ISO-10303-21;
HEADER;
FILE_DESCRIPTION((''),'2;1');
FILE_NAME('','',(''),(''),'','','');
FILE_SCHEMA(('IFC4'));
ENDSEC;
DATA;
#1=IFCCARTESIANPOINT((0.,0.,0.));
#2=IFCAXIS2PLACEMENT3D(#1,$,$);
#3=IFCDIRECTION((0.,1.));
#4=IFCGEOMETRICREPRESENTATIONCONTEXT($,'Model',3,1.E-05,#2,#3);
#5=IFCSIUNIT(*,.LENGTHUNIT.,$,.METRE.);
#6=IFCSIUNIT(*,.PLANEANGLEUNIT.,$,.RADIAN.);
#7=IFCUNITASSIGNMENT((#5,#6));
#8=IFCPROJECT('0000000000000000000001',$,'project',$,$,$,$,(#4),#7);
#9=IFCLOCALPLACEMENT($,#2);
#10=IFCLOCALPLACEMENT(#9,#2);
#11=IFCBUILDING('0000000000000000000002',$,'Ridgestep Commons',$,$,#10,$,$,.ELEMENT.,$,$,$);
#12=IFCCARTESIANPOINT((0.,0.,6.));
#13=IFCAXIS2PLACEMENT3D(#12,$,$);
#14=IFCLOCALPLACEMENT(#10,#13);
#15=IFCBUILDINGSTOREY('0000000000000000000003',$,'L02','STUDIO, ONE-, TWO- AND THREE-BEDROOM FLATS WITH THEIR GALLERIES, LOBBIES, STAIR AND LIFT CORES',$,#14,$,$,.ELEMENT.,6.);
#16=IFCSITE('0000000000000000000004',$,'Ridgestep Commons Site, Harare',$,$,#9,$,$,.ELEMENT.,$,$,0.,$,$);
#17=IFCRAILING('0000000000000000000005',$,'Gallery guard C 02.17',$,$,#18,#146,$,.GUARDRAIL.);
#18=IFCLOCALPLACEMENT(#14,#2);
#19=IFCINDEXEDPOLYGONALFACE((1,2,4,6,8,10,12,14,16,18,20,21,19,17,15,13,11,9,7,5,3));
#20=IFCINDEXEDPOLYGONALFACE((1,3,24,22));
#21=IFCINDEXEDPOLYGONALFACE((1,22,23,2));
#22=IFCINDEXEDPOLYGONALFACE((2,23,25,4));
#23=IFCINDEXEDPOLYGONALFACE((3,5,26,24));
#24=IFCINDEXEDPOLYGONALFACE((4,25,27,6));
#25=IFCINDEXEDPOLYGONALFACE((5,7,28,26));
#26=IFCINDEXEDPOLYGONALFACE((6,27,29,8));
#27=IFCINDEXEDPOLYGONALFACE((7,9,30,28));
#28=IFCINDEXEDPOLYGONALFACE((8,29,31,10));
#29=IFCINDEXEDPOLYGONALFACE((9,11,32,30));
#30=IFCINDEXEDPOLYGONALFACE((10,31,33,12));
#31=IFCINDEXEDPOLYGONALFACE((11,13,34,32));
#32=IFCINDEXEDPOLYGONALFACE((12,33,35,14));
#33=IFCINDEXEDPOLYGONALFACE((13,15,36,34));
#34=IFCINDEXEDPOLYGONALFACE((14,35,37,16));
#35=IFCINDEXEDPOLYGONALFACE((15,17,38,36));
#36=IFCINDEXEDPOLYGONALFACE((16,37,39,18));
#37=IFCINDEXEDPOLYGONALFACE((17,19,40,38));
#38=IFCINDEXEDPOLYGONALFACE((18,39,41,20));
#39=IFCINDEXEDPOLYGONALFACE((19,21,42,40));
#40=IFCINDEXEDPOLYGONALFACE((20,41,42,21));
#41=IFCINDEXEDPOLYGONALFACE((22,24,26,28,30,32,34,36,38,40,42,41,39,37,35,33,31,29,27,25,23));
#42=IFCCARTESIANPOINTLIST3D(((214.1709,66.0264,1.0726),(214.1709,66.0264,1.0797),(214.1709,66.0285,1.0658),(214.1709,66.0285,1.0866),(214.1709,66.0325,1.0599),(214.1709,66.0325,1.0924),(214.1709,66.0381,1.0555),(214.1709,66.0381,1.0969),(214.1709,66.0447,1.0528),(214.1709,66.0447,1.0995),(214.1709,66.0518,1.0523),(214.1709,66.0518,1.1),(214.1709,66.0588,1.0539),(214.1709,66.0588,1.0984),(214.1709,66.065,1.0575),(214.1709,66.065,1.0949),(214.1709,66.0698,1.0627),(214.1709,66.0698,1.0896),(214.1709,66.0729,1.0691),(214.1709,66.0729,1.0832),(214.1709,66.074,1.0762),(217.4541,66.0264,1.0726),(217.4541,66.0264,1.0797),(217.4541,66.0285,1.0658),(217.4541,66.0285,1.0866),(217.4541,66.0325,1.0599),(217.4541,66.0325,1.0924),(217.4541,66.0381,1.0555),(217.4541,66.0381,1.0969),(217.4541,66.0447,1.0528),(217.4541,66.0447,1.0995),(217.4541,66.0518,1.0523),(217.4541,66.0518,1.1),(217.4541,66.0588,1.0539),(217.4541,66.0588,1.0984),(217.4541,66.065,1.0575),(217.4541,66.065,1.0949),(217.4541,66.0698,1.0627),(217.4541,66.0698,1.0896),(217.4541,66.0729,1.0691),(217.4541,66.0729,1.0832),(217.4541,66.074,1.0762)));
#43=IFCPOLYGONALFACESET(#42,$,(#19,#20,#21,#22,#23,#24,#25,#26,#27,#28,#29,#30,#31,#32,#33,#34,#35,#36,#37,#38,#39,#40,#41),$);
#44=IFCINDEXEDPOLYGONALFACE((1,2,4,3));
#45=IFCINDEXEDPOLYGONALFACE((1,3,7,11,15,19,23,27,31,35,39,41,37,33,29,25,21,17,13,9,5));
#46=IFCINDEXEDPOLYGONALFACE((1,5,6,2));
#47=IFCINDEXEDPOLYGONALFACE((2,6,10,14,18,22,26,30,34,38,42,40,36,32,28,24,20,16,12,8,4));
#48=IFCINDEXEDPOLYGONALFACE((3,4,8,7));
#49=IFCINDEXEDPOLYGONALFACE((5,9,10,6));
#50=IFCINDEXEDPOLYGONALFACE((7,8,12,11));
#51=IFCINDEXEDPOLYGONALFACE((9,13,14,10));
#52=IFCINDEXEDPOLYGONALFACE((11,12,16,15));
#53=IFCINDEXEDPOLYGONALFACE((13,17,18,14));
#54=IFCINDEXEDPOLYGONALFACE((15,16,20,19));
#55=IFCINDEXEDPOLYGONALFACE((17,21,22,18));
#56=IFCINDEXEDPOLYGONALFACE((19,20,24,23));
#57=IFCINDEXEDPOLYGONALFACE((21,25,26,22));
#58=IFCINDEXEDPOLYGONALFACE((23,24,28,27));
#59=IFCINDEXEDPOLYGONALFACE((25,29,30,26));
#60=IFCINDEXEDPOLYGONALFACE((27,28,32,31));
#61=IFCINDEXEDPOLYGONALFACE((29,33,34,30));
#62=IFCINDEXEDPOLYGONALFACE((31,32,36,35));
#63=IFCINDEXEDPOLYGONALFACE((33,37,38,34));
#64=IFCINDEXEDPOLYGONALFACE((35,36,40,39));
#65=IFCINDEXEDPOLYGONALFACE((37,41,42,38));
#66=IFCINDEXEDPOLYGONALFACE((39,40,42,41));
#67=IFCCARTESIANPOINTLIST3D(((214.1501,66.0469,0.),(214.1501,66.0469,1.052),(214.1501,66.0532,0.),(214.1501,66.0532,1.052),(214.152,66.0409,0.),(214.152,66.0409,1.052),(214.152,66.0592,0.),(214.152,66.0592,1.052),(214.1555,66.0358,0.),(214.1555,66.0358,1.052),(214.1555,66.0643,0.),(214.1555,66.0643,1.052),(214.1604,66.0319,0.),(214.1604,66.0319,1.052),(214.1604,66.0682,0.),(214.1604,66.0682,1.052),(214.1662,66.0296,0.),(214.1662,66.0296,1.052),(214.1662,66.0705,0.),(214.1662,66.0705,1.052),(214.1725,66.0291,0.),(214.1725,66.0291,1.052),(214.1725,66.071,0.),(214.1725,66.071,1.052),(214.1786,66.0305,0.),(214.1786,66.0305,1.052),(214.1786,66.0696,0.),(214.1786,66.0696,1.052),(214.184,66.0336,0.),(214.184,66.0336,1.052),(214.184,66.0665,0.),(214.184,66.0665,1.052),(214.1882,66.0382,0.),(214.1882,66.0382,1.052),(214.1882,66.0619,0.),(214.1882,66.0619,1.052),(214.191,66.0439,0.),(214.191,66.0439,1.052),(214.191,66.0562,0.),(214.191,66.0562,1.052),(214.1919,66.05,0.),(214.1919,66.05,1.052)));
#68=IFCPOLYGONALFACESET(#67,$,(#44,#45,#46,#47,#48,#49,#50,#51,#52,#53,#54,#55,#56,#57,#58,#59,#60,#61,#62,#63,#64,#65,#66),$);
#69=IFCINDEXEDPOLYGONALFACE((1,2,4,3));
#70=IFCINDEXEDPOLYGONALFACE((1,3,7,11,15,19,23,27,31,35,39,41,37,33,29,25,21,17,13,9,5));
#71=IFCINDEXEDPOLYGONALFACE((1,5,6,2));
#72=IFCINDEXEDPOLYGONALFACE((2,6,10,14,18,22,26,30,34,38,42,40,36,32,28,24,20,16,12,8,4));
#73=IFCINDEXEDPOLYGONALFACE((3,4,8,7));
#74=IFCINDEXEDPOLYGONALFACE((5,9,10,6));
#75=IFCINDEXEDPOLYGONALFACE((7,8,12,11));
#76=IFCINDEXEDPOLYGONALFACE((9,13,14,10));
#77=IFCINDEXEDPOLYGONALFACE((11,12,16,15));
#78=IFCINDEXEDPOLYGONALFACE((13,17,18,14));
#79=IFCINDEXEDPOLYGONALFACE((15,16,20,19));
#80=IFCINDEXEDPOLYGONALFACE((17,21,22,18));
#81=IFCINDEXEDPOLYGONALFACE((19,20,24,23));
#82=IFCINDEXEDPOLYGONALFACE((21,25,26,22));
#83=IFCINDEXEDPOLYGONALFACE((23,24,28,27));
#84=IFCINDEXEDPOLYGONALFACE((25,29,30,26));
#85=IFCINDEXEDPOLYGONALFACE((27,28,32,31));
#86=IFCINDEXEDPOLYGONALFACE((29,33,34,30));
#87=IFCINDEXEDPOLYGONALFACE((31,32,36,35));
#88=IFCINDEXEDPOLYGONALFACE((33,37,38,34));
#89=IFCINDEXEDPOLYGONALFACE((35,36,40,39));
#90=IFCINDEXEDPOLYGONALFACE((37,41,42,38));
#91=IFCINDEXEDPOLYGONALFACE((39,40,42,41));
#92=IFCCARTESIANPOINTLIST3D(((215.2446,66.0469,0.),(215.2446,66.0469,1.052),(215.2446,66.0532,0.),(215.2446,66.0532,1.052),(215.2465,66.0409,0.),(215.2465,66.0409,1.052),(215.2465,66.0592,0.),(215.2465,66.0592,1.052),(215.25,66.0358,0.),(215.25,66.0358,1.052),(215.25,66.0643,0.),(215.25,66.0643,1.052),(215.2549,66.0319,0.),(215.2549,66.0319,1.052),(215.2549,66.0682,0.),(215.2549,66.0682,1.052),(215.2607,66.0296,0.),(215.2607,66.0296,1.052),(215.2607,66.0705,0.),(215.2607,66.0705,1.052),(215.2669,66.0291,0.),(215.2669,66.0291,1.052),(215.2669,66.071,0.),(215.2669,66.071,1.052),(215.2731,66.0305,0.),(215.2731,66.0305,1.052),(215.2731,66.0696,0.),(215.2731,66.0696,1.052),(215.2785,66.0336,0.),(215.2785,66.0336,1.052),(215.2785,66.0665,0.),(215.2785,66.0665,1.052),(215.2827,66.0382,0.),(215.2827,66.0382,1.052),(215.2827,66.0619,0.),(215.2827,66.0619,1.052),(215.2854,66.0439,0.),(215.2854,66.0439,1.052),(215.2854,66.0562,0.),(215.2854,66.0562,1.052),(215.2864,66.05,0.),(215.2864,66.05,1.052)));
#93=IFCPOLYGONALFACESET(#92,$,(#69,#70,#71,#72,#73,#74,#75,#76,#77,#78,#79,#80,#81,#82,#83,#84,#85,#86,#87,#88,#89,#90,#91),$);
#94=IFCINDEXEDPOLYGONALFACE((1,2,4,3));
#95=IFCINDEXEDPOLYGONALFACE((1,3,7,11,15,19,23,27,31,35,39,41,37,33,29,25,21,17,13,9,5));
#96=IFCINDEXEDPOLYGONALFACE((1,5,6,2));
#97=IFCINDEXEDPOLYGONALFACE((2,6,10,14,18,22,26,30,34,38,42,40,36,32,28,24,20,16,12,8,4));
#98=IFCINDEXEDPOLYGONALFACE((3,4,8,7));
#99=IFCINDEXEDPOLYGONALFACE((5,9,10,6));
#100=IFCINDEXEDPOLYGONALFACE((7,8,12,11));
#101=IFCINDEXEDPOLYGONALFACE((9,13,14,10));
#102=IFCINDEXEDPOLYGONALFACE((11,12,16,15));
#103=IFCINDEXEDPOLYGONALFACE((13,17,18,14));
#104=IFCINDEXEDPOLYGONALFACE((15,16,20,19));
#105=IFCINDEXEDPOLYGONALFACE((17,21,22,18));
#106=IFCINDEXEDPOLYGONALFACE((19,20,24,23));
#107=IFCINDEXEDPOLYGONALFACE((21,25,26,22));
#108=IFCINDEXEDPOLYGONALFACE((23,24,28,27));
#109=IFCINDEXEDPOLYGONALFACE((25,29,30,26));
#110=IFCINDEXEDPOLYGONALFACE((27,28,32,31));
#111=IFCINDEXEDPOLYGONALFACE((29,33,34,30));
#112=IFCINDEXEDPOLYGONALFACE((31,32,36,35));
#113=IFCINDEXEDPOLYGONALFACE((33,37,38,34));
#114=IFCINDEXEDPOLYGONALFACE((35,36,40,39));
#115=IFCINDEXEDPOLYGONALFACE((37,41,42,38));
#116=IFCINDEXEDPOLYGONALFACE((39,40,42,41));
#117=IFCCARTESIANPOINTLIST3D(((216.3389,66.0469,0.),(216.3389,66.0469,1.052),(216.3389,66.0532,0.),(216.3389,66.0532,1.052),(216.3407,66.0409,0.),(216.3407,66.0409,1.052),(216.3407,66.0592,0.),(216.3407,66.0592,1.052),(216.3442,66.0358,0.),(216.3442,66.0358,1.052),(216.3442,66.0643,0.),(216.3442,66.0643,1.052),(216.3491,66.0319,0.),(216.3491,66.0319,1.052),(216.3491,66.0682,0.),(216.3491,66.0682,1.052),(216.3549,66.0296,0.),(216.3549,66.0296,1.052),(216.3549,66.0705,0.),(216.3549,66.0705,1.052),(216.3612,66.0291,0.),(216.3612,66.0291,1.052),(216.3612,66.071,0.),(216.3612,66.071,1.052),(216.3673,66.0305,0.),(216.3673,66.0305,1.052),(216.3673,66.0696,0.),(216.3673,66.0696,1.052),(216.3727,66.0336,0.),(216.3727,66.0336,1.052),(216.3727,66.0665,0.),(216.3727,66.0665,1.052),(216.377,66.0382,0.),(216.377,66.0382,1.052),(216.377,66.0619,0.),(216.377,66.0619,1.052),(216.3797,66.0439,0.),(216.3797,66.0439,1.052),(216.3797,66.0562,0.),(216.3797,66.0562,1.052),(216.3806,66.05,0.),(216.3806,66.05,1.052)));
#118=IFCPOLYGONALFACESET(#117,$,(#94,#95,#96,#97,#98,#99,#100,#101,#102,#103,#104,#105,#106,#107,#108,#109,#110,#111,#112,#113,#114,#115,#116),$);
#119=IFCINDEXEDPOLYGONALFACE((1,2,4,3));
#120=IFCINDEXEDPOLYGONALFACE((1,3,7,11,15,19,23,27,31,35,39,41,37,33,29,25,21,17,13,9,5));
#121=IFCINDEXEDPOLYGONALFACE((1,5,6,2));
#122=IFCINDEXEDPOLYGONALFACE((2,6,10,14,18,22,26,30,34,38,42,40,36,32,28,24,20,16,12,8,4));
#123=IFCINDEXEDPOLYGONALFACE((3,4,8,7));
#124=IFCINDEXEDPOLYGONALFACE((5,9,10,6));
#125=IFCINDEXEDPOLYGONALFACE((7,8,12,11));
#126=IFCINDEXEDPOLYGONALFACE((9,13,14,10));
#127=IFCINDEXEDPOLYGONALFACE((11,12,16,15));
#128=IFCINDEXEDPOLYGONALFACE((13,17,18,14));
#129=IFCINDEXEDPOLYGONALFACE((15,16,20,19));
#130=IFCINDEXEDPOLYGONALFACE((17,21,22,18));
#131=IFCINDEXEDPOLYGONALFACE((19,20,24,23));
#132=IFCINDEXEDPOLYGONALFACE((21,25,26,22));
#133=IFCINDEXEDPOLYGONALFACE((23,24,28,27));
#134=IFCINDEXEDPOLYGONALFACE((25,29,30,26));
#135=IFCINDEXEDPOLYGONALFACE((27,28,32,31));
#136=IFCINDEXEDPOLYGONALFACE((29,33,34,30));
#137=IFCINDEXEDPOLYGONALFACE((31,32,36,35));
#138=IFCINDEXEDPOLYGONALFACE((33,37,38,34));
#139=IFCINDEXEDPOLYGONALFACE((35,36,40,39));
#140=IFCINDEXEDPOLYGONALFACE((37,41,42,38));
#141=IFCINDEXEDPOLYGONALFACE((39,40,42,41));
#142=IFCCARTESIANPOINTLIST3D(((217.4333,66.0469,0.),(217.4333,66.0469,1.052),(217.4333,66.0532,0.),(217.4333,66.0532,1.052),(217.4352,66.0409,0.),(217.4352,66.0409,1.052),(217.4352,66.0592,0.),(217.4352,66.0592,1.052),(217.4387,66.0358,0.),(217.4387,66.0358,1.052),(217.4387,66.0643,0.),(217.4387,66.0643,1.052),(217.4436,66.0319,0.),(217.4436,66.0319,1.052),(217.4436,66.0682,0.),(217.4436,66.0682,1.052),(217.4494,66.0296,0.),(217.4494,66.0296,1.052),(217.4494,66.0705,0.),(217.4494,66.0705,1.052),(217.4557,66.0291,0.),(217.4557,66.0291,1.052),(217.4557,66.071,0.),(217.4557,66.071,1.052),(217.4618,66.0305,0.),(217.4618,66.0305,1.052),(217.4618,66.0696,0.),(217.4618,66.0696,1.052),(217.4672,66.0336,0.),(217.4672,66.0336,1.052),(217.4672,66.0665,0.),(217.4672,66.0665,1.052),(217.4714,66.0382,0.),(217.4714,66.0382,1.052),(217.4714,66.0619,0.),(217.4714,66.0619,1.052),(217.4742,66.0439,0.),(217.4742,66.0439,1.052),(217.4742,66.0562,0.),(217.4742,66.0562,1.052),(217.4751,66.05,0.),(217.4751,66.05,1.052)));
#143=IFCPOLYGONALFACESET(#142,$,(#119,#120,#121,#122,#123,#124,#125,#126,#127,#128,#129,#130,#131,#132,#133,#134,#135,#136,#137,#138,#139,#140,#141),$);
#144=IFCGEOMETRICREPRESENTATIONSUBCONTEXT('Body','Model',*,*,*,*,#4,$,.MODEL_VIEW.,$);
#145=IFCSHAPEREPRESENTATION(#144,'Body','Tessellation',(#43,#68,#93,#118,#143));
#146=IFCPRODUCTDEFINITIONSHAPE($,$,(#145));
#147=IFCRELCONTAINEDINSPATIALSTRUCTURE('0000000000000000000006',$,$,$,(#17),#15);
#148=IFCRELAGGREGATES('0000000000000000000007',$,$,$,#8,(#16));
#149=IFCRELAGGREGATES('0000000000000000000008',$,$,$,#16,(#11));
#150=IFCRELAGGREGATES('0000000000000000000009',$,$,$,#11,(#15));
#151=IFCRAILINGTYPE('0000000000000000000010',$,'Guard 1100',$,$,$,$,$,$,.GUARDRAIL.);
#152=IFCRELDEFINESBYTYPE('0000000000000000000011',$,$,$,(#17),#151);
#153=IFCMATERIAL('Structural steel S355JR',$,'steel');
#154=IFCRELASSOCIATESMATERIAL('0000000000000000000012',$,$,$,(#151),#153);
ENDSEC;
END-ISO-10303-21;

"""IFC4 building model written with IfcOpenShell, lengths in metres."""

from ifc_helpers import new_model, si_unit, direction, frame, origin, origin_2d, place, context, subcontext, project, spatial, circle, extrude, material, type_object, element, save


model = new_model("IFC4")

# Units and contexts
model_context = context("Model", 3, precision=1e-05, world=origin(), true_north=direction((0.0, 1.0)))
body_context = subcontext(model_context, "Body", "Model", "MODEL_VIEW")
ifc_project = project(units=[si_unit("LENGTHUNIT", "METRE"), si_unit("PLANEANGLEUNIT", "RADIAN")], contexts=[model_context])

# Site, building, storey
site_placement = place(None, origin())
site = spatial("IfcSite", under=ifc_project, at=site_placement, Name="Ridgestep Commons Site, Harare", CompositionType="ELEMENT", RefElevation=0.0)
building_placement = place(site_placement, origin())
building = spatial("IfcBuilding", under=site, at=building_placement, Name="Ridgestep Commons", CompositionType="ELEMENT")
storey_placement = place(building_placement, frame((0.0, 0.0, 6.0)))
storey = spatial("IfcBuildingStorey", under=building, at=storey_placement, Name="L02", Description="STUDIO, ONE-, TWO- AND THREE-BEDROOM FLATS WITH THEIR GALLERIES, LOBBIES, STAIR AND LIFT CORES", CompositionType="ELEMENT", Elevation=6.0)

# Railing
ifc_material_1 = material(Name="Structural steel S355JR", Category="steel")
railing_type = type_object("IfcRailingType", Name="Guard 1100", PredefinedType="GUARDRAIL", material=ifc_material_1)
for number, where, name in (
    (1, (214.1709, 66.05, 0.0), "Gallery guard C 02.17"),
):
    element("IfcRailing", number, at=place(storey_placement, frame(where)), inside=storey, type_object=railing_type, Name=name, PredefinedType="GUARDRAIL", context=body_context, shape_type="SweptSolid", body=[
        extrude(circle(Radius=0.0239, at=origin_2d()), frame((0.0, 0.0, 1.0762), z_axis=(1.0, 0.0, 0.0), x_axis=(0.0, 1.0, 0.0)), (0.0, 0.0, 1.0), 3.2832),
        extrude(circle(Radius=0.021, at=origin_2d()), origin(), (0.0, 0.0, 1.0), 1.052),
        extrude(circle(Radius=0.021, at=origin_2d()), frame((1.0945, 0.0, 0.0)), (0.0, 0.0, 1.0), 1.052),
        extrude(circle(Radius=0.021, at=origin_2d()), frame((2.1887, 0.0, 0.0)), (0.0, 0.0, 1.0), 1.052),
        extrude(circle(Radius=0.021, at=origin_2d()), frame((3.2832, 0.0, 0.0)), (0.0, 0.0, 1.0), 1.052),
    ])

save(model, "model.ifc")
